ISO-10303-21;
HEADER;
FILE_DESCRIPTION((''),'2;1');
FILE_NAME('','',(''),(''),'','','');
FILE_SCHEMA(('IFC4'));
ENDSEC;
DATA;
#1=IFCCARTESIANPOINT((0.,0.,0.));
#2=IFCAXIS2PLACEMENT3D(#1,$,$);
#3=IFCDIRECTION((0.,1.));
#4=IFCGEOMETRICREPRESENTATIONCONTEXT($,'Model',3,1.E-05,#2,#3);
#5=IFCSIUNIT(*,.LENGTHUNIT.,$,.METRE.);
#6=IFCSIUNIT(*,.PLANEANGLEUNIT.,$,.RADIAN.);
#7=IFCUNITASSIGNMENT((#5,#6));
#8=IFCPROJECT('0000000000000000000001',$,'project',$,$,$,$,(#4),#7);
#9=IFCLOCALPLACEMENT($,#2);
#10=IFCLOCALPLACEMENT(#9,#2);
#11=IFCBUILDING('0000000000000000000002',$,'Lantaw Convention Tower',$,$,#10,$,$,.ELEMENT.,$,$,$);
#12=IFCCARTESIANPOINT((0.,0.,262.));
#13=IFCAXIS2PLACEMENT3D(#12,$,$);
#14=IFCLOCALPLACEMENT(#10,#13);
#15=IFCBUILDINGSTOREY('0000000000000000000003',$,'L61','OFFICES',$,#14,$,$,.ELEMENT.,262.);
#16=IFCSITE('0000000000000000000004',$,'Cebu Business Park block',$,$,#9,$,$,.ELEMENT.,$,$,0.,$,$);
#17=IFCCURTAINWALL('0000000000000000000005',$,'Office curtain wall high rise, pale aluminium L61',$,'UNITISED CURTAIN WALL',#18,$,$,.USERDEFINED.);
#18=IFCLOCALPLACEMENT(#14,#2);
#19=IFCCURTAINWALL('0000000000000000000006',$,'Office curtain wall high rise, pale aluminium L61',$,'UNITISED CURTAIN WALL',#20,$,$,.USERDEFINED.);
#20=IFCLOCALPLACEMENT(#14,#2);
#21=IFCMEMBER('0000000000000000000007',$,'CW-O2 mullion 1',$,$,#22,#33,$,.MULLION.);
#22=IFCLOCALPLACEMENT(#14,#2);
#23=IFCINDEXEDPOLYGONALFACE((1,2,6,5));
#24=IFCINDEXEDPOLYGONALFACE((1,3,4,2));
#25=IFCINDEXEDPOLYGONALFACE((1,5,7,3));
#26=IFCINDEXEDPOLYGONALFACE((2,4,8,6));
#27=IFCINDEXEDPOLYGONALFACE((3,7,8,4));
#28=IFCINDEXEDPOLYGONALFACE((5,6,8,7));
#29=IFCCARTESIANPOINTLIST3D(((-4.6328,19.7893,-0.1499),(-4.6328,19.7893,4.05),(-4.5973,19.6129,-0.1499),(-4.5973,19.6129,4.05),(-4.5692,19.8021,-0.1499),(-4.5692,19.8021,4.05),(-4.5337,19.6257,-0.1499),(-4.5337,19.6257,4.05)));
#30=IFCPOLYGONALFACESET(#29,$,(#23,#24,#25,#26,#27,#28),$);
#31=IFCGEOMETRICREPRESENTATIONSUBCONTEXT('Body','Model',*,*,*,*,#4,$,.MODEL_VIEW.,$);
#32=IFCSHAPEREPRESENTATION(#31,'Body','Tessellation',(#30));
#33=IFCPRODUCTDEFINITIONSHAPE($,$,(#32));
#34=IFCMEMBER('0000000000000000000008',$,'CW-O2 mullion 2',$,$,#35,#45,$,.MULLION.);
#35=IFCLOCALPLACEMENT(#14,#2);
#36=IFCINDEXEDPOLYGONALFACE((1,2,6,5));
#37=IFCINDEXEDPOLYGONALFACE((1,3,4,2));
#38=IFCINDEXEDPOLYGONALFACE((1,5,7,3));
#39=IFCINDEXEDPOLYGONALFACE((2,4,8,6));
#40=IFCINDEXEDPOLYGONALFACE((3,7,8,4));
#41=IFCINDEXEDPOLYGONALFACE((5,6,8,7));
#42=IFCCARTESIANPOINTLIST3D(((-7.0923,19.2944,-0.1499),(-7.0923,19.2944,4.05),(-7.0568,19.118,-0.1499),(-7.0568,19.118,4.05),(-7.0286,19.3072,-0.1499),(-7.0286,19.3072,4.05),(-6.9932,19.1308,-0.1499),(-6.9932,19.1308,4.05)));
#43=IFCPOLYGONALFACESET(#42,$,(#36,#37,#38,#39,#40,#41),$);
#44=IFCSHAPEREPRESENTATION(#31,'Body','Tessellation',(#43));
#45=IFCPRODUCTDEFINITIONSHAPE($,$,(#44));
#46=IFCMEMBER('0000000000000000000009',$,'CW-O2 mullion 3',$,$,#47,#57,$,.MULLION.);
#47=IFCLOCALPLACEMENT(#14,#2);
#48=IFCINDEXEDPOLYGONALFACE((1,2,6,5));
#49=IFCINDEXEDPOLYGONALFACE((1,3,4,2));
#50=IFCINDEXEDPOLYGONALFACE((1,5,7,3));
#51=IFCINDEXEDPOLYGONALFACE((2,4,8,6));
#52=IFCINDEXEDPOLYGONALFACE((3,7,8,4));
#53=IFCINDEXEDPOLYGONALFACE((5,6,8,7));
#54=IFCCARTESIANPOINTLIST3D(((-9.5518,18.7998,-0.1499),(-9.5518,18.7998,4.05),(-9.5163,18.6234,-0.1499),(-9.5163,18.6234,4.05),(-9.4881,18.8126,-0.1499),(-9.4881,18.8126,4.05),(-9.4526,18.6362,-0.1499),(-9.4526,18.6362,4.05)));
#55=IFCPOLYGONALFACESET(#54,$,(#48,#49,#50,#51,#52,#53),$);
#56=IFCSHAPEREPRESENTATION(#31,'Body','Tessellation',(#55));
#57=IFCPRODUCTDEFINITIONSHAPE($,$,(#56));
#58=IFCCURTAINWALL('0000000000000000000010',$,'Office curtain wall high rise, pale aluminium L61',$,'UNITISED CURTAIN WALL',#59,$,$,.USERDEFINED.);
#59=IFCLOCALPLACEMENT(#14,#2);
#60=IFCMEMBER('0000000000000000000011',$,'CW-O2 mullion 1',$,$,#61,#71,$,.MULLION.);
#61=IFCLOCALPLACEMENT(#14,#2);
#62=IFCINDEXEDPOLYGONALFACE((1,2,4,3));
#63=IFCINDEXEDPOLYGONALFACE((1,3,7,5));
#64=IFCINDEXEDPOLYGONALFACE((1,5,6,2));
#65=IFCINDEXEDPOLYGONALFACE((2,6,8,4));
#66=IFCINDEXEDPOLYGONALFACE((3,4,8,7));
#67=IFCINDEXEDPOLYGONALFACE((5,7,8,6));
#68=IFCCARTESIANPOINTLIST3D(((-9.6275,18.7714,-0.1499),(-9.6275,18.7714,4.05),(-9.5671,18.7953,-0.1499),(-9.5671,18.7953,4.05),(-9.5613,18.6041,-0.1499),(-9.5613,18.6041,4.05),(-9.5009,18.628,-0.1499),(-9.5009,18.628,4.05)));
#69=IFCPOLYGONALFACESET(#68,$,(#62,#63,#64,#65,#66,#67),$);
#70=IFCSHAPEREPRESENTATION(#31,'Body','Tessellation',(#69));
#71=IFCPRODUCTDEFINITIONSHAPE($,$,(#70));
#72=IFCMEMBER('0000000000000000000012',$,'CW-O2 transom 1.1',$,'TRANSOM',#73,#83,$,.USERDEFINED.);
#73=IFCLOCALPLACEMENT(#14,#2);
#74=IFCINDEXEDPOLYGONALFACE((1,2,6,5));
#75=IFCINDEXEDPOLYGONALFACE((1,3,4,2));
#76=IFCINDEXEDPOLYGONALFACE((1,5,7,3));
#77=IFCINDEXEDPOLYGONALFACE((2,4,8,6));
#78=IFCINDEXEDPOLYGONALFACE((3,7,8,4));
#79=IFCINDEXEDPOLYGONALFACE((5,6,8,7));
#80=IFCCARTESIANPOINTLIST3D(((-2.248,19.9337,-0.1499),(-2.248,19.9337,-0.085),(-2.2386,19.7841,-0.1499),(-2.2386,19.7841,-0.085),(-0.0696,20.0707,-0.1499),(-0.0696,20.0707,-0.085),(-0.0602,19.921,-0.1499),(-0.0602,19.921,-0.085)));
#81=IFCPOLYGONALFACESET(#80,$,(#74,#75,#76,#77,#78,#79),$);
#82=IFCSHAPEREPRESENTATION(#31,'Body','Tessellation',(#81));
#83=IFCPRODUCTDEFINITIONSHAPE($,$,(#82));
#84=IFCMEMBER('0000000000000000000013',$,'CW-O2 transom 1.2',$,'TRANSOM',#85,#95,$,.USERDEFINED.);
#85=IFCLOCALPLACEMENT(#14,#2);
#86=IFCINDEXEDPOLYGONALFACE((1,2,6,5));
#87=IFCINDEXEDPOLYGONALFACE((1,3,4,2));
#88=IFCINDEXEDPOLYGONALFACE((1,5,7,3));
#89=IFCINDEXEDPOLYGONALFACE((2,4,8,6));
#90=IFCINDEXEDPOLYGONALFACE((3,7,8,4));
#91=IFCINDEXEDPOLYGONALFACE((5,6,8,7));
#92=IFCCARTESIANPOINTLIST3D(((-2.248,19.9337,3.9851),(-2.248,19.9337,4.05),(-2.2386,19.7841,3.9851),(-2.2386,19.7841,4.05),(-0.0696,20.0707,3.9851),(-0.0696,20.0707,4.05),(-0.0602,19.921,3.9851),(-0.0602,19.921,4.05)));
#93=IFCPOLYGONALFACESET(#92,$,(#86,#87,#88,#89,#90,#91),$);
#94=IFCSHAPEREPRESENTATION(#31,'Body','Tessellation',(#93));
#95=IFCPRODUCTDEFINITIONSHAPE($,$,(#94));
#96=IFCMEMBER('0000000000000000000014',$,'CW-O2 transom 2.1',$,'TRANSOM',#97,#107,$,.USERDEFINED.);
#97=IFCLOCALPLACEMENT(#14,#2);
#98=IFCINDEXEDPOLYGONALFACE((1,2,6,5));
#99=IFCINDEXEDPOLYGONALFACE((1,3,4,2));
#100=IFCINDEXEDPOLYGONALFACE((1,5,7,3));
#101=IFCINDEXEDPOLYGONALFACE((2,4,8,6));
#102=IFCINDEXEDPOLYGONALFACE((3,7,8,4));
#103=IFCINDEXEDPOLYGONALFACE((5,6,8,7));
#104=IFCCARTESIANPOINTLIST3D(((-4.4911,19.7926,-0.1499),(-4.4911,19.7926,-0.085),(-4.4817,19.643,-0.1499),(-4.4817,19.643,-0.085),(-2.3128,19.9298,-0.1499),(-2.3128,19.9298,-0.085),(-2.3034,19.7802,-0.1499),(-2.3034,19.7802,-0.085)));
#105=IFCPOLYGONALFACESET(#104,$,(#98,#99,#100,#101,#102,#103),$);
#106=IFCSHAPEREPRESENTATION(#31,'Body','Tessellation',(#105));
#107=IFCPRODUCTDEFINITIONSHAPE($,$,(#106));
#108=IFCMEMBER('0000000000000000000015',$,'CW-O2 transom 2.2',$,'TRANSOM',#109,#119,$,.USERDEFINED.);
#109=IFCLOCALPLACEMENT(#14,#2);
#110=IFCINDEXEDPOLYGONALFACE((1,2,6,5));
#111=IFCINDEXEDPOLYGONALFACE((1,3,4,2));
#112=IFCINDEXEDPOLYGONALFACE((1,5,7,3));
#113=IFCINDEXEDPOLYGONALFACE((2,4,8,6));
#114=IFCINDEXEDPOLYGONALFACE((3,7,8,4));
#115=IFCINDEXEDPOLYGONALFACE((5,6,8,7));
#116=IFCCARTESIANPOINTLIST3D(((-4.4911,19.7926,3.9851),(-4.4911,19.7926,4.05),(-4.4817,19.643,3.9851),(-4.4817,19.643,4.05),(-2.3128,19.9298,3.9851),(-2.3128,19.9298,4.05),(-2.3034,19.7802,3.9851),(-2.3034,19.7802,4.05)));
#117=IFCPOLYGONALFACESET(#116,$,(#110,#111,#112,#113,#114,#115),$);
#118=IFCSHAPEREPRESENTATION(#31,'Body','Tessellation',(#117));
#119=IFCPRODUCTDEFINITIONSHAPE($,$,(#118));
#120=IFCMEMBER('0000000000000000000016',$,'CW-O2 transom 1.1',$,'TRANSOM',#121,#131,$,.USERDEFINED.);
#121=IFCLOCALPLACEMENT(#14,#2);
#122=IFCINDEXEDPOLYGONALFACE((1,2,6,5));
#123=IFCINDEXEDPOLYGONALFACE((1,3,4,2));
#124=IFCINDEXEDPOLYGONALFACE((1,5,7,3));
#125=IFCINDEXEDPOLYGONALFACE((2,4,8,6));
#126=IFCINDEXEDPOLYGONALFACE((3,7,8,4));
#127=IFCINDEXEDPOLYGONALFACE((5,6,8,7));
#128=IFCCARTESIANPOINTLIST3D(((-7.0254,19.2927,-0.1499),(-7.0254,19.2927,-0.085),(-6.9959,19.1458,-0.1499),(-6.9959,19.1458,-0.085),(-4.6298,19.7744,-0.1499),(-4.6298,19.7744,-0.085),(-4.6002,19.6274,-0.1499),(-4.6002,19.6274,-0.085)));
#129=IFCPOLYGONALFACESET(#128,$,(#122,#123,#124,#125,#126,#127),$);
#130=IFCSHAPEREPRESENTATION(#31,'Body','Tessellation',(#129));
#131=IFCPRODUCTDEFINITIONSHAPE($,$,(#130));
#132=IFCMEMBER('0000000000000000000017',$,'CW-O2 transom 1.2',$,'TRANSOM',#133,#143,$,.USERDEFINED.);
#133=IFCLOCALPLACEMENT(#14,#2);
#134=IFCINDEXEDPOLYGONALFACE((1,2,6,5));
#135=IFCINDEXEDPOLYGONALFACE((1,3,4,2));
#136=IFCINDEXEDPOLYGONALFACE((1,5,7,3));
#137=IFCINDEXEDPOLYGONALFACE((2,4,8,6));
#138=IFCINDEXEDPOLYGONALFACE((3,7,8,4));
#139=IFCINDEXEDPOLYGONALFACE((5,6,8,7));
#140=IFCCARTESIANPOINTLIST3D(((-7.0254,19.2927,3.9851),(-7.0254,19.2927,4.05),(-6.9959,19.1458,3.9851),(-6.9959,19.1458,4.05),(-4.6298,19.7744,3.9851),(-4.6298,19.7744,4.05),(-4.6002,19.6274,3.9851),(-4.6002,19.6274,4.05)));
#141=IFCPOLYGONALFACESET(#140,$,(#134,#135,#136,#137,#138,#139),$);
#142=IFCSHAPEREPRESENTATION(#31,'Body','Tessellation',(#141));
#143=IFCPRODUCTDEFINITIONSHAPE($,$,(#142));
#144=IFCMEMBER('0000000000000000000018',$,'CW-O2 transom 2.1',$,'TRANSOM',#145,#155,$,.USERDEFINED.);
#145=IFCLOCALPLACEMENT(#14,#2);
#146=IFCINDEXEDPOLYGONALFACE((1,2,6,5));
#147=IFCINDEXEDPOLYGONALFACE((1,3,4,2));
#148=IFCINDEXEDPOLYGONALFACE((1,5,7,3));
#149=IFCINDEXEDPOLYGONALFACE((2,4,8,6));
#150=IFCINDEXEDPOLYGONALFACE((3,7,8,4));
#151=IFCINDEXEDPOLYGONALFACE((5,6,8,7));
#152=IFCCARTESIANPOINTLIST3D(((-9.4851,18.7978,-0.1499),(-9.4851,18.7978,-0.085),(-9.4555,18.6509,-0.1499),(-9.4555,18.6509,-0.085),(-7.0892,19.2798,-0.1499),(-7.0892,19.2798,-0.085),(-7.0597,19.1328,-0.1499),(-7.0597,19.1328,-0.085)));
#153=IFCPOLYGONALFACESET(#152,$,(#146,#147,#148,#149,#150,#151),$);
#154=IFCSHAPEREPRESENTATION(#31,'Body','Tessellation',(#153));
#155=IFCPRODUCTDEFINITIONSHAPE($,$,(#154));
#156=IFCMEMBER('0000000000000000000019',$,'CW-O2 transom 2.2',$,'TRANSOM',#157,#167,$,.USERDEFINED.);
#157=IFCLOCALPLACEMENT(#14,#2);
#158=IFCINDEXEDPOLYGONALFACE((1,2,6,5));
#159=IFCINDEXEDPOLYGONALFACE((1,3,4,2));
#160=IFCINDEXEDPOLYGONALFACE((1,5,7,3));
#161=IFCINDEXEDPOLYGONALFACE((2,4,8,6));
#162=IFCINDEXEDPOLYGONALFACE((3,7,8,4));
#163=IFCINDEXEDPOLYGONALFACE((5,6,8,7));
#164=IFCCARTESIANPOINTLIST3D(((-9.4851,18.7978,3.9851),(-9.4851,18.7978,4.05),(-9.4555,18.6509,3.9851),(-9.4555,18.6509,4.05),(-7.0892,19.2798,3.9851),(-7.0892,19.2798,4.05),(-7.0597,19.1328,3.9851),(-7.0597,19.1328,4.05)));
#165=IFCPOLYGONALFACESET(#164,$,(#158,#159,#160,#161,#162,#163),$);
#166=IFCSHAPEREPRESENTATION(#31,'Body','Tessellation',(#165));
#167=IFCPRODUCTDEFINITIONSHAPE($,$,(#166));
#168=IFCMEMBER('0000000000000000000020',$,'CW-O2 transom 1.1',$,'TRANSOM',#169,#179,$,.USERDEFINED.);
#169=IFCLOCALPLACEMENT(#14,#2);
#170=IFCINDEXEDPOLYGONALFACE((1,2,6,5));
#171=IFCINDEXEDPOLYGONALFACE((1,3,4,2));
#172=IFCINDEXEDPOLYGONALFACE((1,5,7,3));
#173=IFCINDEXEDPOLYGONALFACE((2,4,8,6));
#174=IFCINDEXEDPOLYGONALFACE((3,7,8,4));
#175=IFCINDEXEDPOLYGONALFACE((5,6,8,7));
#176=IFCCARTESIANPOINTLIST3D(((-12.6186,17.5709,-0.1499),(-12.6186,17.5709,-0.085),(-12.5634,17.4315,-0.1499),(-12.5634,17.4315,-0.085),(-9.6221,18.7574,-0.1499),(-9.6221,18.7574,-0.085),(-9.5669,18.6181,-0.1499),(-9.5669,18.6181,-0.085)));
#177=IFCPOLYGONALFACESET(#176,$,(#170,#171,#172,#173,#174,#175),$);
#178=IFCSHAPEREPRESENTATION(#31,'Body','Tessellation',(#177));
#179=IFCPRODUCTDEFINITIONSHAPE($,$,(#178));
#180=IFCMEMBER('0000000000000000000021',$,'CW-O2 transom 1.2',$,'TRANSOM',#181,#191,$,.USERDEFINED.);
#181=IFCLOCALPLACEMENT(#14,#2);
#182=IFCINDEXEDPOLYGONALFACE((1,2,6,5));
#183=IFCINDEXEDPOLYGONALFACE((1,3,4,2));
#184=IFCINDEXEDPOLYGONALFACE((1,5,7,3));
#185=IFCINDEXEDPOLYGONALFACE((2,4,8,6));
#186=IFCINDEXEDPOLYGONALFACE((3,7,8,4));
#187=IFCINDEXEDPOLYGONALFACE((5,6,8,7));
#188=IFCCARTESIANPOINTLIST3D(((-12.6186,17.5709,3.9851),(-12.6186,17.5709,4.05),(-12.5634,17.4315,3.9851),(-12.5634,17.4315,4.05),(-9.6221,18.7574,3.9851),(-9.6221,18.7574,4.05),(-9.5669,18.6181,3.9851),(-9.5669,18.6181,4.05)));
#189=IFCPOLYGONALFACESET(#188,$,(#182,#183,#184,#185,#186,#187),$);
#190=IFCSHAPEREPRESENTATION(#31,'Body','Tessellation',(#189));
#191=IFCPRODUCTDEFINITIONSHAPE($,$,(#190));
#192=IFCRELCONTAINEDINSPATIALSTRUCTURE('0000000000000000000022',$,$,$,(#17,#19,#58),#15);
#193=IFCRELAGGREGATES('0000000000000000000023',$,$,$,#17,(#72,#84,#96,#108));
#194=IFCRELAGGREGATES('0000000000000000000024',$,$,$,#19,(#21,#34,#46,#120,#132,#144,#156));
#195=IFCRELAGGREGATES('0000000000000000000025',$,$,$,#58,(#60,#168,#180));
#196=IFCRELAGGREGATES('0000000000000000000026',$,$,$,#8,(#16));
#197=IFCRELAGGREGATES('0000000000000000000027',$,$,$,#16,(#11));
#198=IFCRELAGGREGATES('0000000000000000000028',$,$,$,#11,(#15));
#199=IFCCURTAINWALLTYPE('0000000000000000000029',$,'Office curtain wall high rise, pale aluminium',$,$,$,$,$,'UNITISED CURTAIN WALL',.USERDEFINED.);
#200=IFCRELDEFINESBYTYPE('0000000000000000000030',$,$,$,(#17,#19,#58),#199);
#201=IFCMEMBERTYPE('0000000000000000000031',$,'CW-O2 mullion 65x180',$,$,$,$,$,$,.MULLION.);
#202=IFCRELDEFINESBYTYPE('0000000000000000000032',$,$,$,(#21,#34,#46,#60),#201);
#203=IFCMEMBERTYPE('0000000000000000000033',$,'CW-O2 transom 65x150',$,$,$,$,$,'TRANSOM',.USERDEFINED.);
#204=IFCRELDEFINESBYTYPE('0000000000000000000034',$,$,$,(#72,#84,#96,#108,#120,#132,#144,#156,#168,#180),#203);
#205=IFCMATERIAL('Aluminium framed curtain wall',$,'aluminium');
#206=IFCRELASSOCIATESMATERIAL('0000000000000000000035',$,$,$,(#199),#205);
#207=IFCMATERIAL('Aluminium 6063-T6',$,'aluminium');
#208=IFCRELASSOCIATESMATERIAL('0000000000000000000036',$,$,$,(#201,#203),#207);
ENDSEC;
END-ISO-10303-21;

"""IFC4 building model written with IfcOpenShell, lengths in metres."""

from ifc_helpers import new_model, si_unit, direction, frame, origin, origin_2d, place, context, subcontext, project, spatial, rectangle, extrude, material, material_profile, profile_set, type_object, element, aggregate, save


model = new_model("IFC4")

# Units and contexts
model_context = context("Model", 3, precision=1e-05, world=origin(), true_north=direction((0.0, 1.0)))
body_context = subcontext(model_context, "Body", "Model", "MODEL_VIEW")
ifc_project = project(units=[si_unit("LENGTHUNIT", "METRE"), si_unit("PLANEANGLEUNIT", "RADIAN")], contexts=[model_context])

# Site, building, storey
site_placement = place(None, origin())
site = spatial("IfcSite", under=ifc_project, at=site_placement, Name="Cebu Business Park block", CompositionType="ELEMENT", RefElevation=0.0)
building_placement = place(site_placement, origin())
building = spatial("IfcBuilding", under=site, at=building_placement, Name="Lantaw Convention Tower", CompositionType="ELEMENT")
storey_placement = place(building_placement, frame((0.0, 0.0, 262.0)))
storey = spatial("IfcBuildingStorey", under=building, at=storey_placement, Name="L61", Description="OFFICES", CompositionType="ELEMENT", Elevation=262.0)

# Curtain walls, members
ifc_material_1 = material(Name="Aluminium framed curtain wall", Category="aluminium")
curtain_wall_type = type_object("IfcCurtainWallType", Name="Office curtain wall high rise, pale aluminium", ElementType="UNITISED CURTAIN WALL", PredefinedType="USERDEFINED", material=ifc_material_1)
curtain_wall_1_placement = place(storey_placement, origin())
curtain_wall_1 = element("IfcCurtainWall", 1, at=curtain_wall_1_placement, inside=storey, type_object=curtain_wall_type, Name="Office curtain wall high rise, pale aluminium L61", ObjectType="UNITISED CURTAIN WALL", PredefinedType="USERDEFINED")
ifc_material_2 = material(Name="Aluminium 6063-T6", Category="aluminium")
ifc_material_profile_1 = material_profile(ifc_material_2, rectangle(XDim=0.1799, YDim=0.0649, at=origin_2d()), Name="CW-O2 mullion 65x180")
ifc_profile_set_1 = profile_set([ifc_material_profile_1], Name="Aluminium 6063-T6")
member_type_1 = type_object("IfcMemberType", Name="CW-O2 mullion 65x180", PredefinedType="MULLION", material=ifc_profile_set_1)
curtain_wall_2_placement = place(storey_placement, origin())
curtain_wall_2 = element("IfcCurtainWall", 2, at=curtain_wall_2_placement, inside=storey, type_object=curtain_wall_type, Name="Office curtain wall high rise, pale aluminium L61", ObjectType="UNITISED CURTAIN WALL", PredefinedType="USERDEFINED")
member_1_placement = place(storey_placement, frame((-4.5833, 19.7075, -0.1499), z_axis=(0.0, 0.0, 1.0), x_axis=(0.197183, -0.980367, 0.0)))
member_1 = element("IfcMember", 3, at=member_1_placement, type_object=member_type_1, Name="CW-O2 mullion 1", PredefinedType="MULLION", context=body_context, shape_type="SweptSolid", body=[
    extrude(rectangle(XDim=0.1799, YDim=0.0649, at=origin_2d()), origin(), (0.0, 0.0, 1.0), 4.2),
])
member_2_placement = place(storey_placement, frame((-7.0427, 19.2126, -0.1499), z_axis=(0.0, 0.0, 1.0), x_axis=(0.197183, -0.980367, 0.0)))
member_2 = element("IfcMember", 4, at=member_2_placement, type_object=member_type_1, Name="CW-O2 mullion 2", PredefinedType="MULLION", context=body_context, shape_type="SweptSolid", body=[
    extrude(rectangle(XDim=0.1799, YDim=0.0649, at=origin_2d()), origin(), (0.0, 0.0, 1.0), 4.2),
])
member_3_placement = place(storey_placement, frame((-9.5022, 18.718, -0.1499), z_axis=(0.0, 0.0, 1.0), x_axis=(0.197183, -0.980367, 0.0)))
member_3 = element("IfcMember", 5, at=member_3_placement, type_object=member_type_1, Name="CW-O2 mullion 3", PredefinedType="MULLION", context=body_context, shape_type="SweptSolid", body=[
    extrude(rectangle(XDim=0.1799, YDim=0.0649, at=origin_2d()), origin(), (0.0, 0.0, 1.0), 4.2),
])

# Curtain wall, member
curtain_wall_3_placement = place(storey_placement, origin())
curtain_wall_3 = element("IfcCurtainWall", 6, at=curtain_wall_3_placement, inside=storey, type_object=curtain_wall_type, Name="Office curtain wall high rise, pale aluminium L61", ObjectType="UNITISED CURTAIN WALL", PredefinedType="USERDEFINED")
member_4_placement = place(storey_placement, frame((-9.5642, 18.6997, -0.1499), z_axis=(0.0, 0.0, 1.0), x_axis=(0.368162, -0.929762, 0.0)))
member_4 = element("IfcMember", 7, at=member_4_placement, type_object=member_type_1, Name="CW-O2 mullion 1", PredefinedType="MULLION", context=body_context, shape_type="SweptSolid", body=[
    extrude(rectangle(XDim=0.1799, YDim=0.0649, at=origin_2d()), origin(), (0.0, 0.0, 1.0), 4.2),
])

# Members
ifc_material_profile_2 = material_profile(ifc_material_2, rectangle(XDim=0.1499, YDim=0.0649, at=origin_2d()), Name="CW-O2 transom 65x150")
ifc_profile_set_2 = profile_set([ifc_material_profile_2], Name="Aluminium 6063-T6")
member_type_2 = type_object("IfcMemberType", Name="CW-O2 transom 65x150", ElementType="TRANSOM", PredefinedType="USERDEFINED", material=ifc_profile_set_2)
member_5_placement = place(storey_placement, frame((-0.0649, 19.9958, -0.1174), z_axis=(-0.998029, -0.062754, 0.0), x_axis=(0.062754, -0.998029, 0.0)))
member_5 = element("IfcMember", 8, at=member_5_placement, type_object=member_type_2, Name="CW-O2 transom 1.1", ObjectType="TRANSOM", PredefinedType="USERDEFINED", context=body_context, shape_type="SweptSolid", body=[
    extrude(rectangle(XDim=0.1499, YDim=0.0649, at=origin_2d()), origin(), (0.0, 0.0, 1.0), 2.1826),
])
member_6_placement = place(storey_placement, frame((-0.0649, 19.9958, 4.0176), z_axis=(-0.998029, -0.062754, 0.0), x_axis=(0.062754, -0.998029, 0.0)))
member_6 = element("IfcMember", 9, at=member_6_placement, type_object=member_type_2, Name="CW-O2 transom 1.2", ObjectType="TRANSOM", PredefinedType="USERDEFINED", context=body_context, shape_type="SweptSolid", body=[
    extrude(rectangle(XDim=0.1499, YDim=0.0649, at=origin_2d()), origin(), (0.0, 0.0, 1.0), 2.1826),
])
member_7_placement = place(storey_placement, frame((-2.3081, 19.855, -0.1174), z_axis=(-0.998022, -0.062866, 0.0), x_axis=(0.062866, -0.998022, 0.0)))
member_7 = element("IfcMember", 10, at=member_7_placement, type_object=member_type_2, Name="CW-O2 transom 2.1", ObjectType="TRANSOM", PredefinedType="USERDEFINED", context=body_context, shape_type="SweptSolid", body=[
    extrude(rectangle(XDim=0.1499, YDim=0.0649, at=origin_2d()), origin(), (0.0, 0.0, 1.0), 2.1826),
])
member_8_placement = place(storey_placement, frame((-2.3081, 19.855, 4.0176), z_axis=(-0.998022, -0.062866, 0.0), x_axis=(0.062866, -0.998022, 0.0)))
member_8 = element("IfcMember", 11, at=member_8_placement, type_object=member_type_2, Name="CW-O2 transom 2.2", ObjectType="TRANSOM", PredefinedType="USERDEFINED", context=body_context, shape_type="SweptSolid", body=[
    extrude(rectangle(XDim=0.1499, YDim=0.0649, at=origin_2d()), origin(), (0.0, 0.0, 1.0), 2.1826),
])
member_9_placement = place(storey_placement, frame((-4.615, 19.7009, -0.1174), z_axis=(-0.98038, -0.197115, 0.0), x_axis=(0.197115, -0.98038, 0.0)))
member_9 = element("IfcMember", 12, at=member_9_placement, type_object=member_type_2, Name="CW-O2 transom 1.1", ObjectType="TRANSOM", PredefinedType="USERDEFINED", context=body_context, shape_type="SweptSolid", body=[
    extrude(rectangle(XDim=0.1499, YDim=0.0649, at=origin_2d()), origin(), (0.0, 0.0, 1.0), 2.4436),
])
member_10_placement = place(storey_placement, frame((-4.615, 19.7009, 4.0176), z_axis=(-0.98038, -0.197115, 0.0), x_axis=(0.197115, -0.98038, 0.0)))
member_10 = element("IfcMember", 13, at=member_10_placement, type_object=member_type_2, Name="CW-O2 transom 1.2", ObjectType="TRANSOM", PredefinedType="USERDEFINED", context=body_context, shape_type="SweptSolid", body=[
    extrude(rectangle(XDim=0.1499, YDim=0.0649, at=origin_2d()), origin(), (0.0, 0.0, 1.0), 2.4436),
])
member_11_placement = place(storey_placement, frame((-7.0745, 19.2063, -0.1174), z_axis=(-0.980361, -0.197211, 0.0), x_axis=(0.197211, -0.980361, 0.0)))
member_11 = element("IfcMember", 14, at=member_11_placement, type_object=member_type_2, Name="CW-O2 transom 2.1", ObjectType="TRANSOM", PredefinedType="USERDEFINED", context=body_context, shape_type="SweptSolid", body=[
    extrude(rectangle(XDim=0.1499, YDim=0.0649, at=origin_2d()), origin(), (0.0, 0.0, 1.0), 2.4438),
])
member_12_placement = place(storey_placement, frame((-7.0745, 19.2063, 4.0176), z_axis=(-0.980361, -0.197211, 0.0), x_axis=(0.197211, -0.980361, 0.0)))
member_12 = element("IfcMember", 15, at=member_12_placement, type_object=member_type_2, Name="CW-O2 transom 2.2", ObjectType="TRANSOM", PredefinedType="USERDEFINED", context=body_context, shape_type="SweptSolid", body=[
    extrude(rectangle(XDim=0.1499, YDim=0.0649, at=origin_2d()), origin(), (0.0, 0.0, 1.0), 2.4438),
])
member_13_placement = place(storey_placement, frame((-9.5945, 18.6877, -0.1174), z_axis=(-0.929767, -0.368149, 0.0), x_axis=(0.368149, -0.929767, 0.0)))
member_13 = element("IfcMember", 16, at=member_13_placement, type_object=member_type_2, Name="CW-O2 transom 1.1", ObjectType="TRANSOM", PredefinedType="USERDEFINED", context=body_context, shape_type="SweptSolid", body=[
    extrude(rectangle(XDim=0.1499, YDim=0.0649, at=origin_2d()), origin(), (0.0, 0.0, 1.0), 3.2229),
])
member_14_placement = place(storey_placement, frame((-9.5945, 18.6877, 4.0176), z_axis=(-0.929767, -0.368149, 0.0), x_axis=(0.368149, -0.929767, 0.0)))
member_14 = element("IfcMember", 17, at=member_14_placement, type_object=member_type_2, Name="CW-O2 transom 1.2", ObjectType="TRANSOM", PredefinedType="USERDEFINED", context=body_context, shape_type="SweptSolid", body=[
    extrude(rectangle(XDim=0.1499, YDim=0.0649, at=origin_2d()), origin(), (0.0, 0.0, 1.0), 3.2229),
])

aggregate(curtain_wall_1, [member_5, member_6, member_7, member_8])
aggregate(curtain_wall_2, [member_1, member_2, member_3, member_9, member_10, member_11, member_12])
aggregate(curtain_wall_3, [member_4, member_13, member_14])

save(model, "model.ifc")
